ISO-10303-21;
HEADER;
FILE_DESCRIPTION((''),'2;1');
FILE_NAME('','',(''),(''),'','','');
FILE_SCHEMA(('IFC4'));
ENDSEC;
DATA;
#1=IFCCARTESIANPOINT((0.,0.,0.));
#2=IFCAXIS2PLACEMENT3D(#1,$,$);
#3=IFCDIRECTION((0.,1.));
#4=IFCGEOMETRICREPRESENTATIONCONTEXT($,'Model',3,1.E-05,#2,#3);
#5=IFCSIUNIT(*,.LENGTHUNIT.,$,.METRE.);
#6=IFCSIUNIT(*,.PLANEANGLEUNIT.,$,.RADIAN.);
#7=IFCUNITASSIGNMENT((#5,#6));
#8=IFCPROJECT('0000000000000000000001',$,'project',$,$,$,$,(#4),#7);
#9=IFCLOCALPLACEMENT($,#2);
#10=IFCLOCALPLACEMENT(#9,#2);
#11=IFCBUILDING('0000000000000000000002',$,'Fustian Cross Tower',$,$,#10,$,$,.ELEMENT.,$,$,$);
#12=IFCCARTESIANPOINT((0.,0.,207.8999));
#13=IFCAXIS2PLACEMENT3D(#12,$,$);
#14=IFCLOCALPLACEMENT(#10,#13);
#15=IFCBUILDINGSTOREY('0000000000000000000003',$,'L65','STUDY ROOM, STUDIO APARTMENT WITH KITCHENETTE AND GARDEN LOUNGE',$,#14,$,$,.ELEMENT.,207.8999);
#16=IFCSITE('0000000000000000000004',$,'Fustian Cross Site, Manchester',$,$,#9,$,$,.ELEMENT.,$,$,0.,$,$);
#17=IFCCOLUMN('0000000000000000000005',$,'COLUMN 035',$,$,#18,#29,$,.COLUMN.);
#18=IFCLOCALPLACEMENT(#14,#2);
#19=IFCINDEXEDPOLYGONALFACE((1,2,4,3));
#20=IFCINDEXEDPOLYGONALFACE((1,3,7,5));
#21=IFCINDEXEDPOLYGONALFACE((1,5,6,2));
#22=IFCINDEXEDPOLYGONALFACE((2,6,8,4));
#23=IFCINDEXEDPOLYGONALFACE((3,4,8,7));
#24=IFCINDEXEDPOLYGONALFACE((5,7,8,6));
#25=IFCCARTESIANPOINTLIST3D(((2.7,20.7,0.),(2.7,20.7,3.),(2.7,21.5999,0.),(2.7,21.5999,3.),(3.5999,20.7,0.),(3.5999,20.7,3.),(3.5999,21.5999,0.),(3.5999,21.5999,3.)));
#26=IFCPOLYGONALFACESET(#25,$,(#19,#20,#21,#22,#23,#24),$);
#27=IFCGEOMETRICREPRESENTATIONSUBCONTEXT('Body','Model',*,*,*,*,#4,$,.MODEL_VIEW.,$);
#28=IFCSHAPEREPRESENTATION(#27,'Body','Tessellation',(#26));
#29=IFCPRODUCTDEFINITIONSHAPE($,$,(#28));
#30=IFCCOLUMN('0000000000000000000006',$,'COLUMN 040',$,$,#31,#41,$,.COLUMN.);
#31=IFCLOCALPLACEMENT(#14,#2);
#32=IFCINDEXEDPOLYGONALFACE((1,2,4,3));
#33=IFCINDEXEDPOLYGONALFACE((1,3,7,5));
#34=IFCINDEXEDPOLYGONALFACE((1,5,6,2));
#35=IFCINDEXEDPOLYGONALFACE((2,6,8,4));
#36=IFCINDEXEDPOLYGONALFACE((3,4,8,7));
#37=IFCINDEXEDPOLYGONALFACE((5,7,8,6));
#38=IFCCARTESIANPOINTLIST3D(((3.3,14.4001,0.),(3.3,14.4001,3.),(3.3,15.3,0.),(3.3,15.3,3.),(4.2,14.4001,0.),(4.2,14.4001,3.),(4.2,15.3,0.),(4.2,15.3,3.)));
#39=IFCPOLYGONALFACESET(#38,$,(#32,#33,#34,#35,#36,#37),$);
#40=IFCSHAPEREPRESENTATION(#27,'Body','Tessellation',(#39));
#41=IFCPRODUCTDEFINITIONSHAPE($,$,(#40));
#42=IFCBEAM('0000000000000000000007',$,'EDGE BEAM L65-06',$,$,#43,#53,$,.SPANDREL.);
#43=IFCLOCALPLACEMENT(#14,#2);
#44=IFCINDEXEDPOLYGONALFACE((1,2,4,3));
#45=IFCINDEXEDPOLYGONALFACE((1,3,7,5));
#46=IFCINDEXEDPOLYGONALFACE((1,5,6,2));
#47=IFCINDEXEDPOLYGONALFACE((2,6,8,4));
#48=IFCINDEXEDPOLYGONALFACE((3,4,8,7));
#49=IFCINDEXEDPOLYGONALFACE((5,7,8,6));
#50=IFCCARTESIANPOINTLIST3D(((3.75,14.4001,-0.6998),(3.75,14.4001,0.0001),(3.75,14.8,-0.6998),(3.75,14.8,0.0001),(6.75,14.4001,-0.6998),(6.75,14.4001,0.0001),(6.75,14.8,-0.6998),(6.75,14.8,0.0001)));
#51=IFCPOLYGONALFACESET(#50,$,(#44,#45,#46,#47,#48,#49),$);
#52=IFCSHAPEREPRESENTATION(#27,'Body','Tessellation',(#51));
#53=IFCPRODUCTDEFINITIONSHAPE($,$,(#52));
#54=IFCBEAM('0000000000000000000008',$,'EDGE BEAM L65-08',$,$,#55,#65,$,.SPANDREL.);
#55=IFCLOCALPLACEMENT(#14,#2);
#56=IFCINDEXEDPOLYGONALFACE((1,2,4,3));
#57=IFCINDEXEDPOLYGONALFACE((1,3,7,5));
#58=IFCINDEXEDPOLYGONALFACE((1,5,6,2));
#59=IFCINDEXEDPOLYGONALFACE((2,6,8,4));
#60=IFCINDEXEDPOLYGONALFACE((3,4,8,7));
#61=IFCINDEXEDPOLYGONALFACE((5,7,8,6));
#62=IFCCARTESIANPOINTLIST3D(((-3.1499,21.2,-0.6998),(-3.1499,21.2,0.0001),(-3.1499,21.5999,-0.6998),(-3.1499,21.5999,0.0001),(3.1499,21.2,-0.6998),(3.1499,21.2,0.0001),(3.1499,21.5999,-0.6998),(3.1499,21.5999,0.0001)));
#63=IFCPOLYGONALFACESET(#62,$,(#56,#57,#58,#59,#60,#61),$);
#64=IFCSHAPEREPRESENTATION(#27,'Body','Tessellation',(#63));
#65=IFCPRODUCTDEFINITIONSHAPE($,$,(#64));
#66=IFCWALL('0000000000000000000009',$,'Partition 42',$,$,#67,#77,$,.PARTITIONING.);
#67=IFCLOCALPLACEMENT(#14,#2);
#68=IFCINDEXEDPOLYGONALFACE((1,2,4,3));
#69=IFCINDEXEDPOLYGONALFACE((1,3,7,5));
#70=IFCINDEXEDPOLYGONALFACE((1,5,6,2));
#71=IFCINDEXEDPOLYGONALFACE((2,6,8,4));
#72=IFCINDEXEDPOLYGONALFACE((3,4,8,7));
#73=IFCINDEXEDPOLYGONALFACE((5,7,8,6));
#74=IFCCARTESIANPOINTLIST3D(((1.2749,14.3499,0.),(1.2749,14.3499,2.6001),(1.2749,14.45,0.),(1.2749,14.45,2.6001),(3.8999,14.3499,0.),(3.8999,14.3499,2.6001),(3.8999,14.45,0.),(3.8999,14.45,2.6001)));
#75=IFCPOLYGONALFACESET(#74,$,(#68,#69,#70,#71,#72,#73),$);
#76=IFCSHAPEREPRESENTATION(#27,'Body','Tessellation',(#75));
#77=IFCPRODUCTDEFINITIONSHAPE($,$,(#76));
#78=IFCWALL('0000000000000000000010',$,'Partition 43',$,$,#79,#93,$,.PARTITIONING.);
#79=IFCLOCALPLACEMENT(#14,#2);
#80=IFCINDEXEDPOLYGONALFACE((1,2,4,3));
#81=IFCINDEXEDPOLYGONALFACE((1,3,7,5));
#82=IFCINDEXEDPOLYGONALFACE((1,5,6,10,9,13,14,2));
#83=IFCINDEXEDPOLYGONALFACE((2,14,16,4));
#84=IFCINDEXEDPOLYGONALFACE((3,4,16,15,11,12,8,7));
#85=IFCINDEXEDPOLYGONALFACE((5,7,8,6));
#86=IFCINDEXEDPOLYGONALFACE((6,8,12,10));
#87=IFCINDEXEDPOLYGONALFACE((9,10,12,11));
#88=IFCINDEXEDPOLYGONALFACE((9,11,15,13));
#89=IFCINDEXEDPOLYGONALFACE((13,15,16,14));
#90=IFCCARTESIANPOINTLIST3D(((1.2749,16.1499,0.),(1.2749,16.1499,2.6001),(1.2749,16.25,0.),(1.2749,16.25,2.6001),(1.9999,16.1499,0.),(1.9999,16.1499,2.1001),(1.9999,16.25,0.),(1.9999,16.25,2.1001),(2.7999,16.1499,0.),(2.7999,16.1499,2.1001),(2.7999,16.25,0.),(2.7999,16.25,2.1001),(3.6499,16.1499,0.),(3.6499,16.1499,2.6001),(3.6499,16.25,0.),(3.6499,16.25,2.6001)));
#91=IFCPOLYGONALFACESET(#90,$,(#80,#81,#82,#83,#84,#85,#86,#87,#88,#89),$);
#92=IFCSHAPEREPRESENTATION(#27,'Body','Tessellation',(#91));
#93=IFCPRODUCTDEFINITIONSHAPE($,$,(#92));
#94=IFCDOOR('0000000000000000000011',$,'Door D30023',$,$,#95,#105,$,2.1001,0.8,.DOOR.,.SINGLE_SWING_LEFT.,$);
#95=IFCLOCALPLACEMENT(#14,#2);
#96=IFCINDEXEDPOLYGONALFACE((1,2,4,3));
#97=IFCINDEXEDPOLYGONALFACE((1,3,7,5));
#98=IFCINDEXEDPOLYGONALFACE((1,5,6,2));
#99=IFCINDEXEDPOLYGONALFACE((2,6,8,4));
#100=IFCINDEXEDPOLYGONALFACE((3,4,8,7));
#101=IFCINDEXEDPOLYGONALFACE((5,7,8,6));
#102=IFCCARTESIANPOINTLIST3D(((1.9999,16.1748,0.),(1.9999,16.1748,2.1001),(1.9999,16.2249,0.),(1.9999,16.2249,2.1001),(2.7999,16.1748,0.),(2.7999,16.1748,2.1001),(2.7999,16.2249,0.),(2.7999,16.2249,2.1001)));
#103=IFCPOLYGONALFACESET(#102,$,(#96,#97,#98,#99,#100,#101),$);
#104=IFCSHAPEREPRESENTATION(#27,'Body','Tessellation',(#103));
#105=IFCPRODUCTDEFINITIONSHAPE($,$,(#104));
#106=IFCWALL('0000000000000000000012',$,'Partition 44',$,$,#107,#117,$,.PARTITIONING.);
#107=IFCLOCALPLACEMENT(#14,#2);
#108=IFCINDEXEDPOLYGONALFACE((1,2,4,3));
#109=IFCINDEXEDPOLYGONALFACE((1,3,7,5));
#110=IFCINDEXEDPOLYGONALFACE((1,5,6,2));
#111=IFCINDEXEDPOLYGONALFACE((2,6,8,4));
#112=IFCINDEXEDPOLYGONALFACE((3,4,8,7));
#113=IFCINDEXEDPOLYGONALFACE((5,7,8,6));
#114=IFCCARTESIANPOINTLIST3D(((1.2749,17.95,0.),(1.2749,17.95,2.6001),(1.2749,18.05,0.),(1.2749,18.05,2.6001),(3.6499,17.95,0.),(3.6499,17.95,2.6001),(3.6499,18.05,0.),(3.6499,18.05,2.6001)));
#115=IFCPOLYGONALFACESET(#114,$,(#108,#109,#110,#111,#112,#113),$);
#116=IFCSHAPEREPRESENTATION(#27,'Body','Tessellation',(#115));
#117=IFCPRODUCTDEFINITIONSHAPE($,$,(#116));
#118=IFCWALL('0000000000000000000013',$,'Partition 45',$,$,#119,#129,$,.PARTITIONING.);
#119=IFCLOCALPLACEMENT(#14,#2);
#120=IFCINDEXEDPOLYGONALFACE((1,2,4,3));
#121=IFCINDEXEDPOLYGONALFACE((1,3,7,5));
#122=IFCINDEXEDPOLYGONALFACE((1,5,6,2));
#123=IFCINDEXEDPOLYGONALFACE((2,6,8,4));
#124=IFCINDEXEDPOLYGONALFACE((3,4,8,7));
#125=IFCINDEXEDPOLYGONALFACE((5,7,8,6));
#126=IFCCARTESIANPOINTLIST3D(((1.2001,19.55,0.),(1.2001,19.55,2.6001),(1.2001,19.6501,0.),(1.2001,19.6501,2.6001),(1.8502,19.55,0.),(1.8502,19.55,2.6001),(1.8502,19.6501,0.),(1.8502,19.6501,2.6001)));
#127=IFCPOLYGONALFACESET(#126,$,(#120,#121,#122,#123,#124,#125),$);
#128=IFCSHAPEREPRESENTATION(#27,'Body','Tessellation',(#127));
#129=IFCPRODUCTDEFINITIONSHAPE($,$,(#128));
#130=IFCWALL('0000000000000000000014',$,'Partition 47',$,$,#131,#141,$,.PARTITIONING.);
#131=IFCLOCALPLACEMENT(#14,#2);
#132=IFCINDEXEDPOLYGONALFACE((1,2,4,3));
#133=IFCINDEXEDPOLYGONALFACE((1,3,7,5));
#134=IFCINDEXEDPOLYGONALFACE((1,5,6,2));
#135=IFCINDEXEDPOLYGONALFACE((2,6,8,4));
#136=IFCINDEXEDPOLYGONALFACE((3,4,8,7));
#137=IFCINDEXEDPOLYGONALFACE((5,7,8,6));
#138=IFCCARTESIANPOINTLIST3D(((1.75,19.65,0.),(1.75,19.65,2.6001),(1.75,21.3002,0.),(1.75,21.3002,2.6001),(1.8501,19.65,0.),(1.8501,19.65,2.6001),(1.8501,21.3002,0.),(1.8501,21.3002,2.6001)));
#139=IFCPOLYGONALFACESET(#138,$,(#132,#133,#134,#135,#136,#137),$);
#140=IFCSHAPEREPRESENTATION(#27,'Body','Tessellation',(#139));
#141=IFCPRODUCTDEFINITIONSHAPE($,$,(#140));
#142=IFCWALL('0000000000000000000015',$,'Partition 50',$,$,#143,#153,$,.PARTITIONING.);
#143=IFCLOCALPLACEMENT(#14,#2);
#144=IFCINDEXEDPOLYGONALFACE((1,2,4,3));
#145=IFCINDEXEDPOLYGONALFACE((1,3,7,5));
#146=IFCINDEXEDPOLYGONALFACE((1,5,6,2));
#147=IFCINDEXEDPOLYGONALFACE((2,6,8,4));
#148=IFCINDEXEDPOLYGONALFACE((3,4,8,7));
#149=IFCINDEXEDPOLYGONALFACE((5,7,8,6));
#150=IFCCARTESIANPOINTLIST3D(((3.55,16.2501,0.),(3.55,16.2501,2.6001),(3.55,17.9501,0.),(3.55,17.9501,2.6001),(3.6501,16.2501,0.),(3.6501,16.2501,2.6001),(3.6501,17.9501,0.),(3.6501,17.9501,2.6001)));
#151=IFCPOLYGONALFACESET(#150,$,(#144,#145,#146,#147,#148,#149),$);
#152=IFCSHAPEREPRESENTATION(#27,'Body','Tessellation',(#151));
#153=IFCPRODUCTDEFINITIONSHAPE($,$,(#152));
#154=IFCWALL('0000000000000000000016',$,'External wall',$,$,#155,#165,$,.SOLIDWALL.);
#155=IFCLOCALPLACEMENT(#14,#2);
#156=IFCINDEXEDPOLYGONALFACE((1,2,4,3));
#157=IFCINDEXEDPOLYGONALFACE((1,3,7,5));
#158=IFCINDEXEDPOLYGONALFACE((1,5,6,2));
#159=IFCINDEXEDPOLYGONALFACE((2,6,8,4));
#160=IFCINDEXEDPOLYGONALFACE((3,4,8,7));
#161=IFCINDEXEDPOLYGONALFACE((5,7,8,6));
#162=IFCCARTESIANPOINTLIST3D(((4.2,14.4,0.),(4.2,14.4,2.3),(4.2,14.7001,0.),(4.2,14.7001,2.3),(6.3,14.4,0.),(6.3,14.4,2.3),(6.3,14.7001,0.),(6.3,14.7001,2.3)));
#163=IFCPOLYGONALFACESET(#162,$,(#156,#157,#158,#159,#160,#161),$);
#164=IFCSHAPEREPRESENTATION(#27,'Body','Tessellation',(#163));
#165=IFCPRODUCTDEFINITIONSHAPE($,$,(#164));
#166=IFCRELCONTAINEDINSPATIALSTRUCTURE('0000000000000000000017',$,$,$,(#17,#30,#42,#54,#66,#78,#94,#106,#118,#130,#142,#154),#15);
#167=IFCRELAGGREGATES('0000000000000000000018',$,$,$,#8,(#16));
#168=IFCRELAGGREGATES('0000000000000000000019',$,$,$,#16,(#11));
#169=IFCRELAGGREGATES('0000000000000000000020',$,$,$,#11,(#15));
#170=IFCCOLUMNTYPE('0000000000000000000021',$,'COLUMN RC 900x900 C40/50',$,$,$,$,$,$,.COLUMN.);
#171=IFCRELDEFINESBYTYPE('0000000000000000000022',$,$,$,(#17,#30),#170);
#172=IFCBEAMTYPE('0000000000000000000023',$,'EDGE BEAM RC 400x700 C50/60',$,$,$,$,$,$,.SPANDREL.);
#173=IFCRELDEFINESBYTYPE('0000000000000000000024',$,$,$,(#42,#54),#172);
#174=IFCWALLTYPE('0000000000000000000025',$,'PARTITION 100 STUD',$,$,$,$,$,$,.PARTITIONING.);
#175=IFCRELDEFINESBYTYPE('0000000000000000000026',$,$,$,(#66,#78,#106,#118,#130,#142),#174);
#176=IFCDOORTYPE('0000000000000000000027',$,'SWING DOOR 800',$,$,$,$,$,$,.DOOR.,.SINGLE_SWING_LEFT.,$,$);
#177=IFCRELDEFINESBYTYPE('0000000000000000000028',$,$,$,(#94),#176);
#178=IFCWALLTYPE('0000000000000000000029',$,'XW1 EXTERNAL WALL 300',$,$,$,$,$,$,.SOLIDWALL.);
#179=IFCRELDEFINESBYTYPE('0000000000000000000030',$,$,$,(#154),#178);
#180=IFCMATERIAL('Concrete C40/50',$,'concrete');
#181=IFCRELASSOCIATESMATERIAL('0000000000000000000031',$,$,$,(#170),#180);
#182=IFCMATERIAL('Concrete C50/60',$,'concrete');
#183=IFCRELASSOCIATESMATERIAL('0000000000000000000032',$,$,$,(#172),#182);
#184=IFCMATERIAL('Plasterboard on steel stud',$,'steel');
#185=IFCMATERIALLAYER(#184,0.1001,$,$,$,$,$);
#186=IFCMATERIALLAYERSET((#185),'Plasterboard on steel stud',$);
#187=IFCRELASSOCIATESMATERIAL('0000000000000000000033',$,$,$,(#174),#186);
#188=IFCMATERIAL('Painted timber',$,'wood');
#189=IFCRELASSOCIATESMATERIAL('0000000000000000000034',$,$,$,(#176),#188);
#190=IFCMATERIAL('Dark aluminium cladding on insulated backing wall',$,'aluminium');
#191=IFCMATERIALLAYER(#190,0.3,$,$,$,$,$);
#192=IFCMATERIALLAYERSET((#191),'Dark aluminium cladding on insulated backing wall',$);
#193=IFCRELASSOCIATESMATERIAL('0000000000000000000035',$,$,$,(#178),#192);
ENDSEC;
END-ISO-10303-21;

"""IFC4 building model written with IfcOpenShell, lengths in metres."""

from ifc_helpers import new_model, si_unit, direction, frame, frame_2d, origin, origin_2d, place, context, subcontext, project, spatial, rectangle, extrude, material, layer, layer_set, material_profile, profile_set, type_object, element, fill, save


model = new_model("IFC4")

# Units and contexts
model_context = context("Model", 3, precision=1e-05, world=origin(), true_north=direction((0.0, 1.0)))
body_context = subcontext(model_context, "Body", "Model", "MODEL_VIEW")
ifc_project = project(units=[si_unit("LENGTHUNIT", "METRE"), si_unit("PLANEANGLEUNIT", "RADIAN")], contexts=[model_context])

# Site, building, storey
site_placement = place(None, origin())
site = spatial("IfcSite", under=ifc_project, at=site_placement, Name="Fustian Cross Site, Manchester", CompositionType="ELEMENT", RefElevation=0.0)
building_placement = place(site_placement, origin())
building = spatial("IfcBuilding", under=site, at=building_placement, Name="Fustian Cross Tower", CompositionType="ELEMENT")
storey_placement = place(building_placement, frame((0.0, 0.0, 207.8999)))
storey = spatial("IfcBuildingStorey", under=building, at=storey_placement, Name="L65", Description="STUDY ROOM, STUDIO APARTMENT WITH KITCHENETTE AND GARDEN LOUNGE", CompositionType="ELEMENT", Elevation=207.8999)

# Columns
ifc_material_1 = material(Name="Concrete C40/50", Category="concrete")
ifc_material_profile_1 = material_profile(ifc_material_1, rectangle(XDim=0.8999, YDim=0.8999, at=origin_2d()), Name="RC 900x900")
ifc_profile_set_1 = profile_set([ifc_material_profile_1], Name="Concrete C40/50")
column_type = type_object("IfcColumnType", Name="COLUMN RC 900x900 C40/50", PredefinedType="COLUMN", material=ifc_profile_set_1)
for number, where, z_axis, x_axis, name in (
    (1, (3.1499, 21.1499, 0.0), (0.0, 0.0, 1.0), (1.0, 0.0, 0.0), "COLUMN 035"),
    (2, (3.75, 14.8501, 0.0), (0.0, 0.0, 1.0), (1.0, 0.0, 0.0), "COLUMN 040"),
):
    element("IfcColumn", number, at=place(storey_placement, frame(where, z_axis=z_axis, x_axis=x_axis)), inside=storey, type_object=column_type, Name=name, PredefinedType="COLUMN", context=body_context, shape_type="SweptSolid", body=[
        extrude(rectangle(XDim=0.8999, YDim=0.8999, at=origin_2d()), origin(), (0.0, 0.0, 1.0), 3.0),
    ])

# Beams
ifc_material_2 = material(Name="Concrete C50/60", Category="concrete")
ifc_material_profile_2 = material_profile(ifc_material_2, rectangle(XDim=0.3999, YDim=0.7, at=origin_2d()), Name="RC 400x700")
ifc_profile_set_2 = profile_set([ifc_material_profile_2], Name="Concrete C50/60")
beam_type = type_object("IfcBeamType", Name="EDGE BEAM RC 400x700 C50/60", PredefinedType="SPANDREL", material=ifc_profile_set_2)
beam_1_placement = place(storey_placement, frame((3.75, 14.6001, -0.3499), z_axis=(1.0, 0.0, 0.0), x_axis=(0.0, 1.0, 0.0)))
element("IfcBeam", 3, at=beam_1_placement, inside=storey, type_object=beam_type, Name="EDGE BEAM L65-06", PredefinedType="SPANDREL", context=body_context, shape_type="SweptSolid", body=[
    extrude(rectangle(XDim=0.3999, YDim=0.7, at=origin_2d()), origin(), (0.0, 0.0, 1.0), 3.0),
])
beam_2_placement = place(storey_placement, frame((3.1499, 21.3999, -0.3499), z_axis=(-1.0, 0.0, 0.0), x_axis=(0.0, -1.0, 0.0)))
element("IfcBeam", 4, at=beam_2_placement, inside=storey, type_object=beam_type, Name="EDGE BEAM L65-08", PredefinedType="SPANDREL", context=body_context, shape_type="SweptSolid", body=[
    extrude(rectangle(XDim=0.3999, YDim=0.7, at=origin_2d()), origin(), (0.0, 0.0, 1.0), 6.2998),
])

# Wall
ifc_material_3 = material(Name="Plasterboard on steel stud", Category="steel")
ifc_layer_1 = layer(ifc_material_3, 0.1001)
ifc_layer_set_1 = layer_set([ifc_layer_1], Name="Plasterboard on steel stud")
wall_type_1 = type_object("IfcWallType", Name="PARTITION 100 STUD", PredefinedType="PARTITIONING", material=ifc_layer_set_1)
wall_1_placement = place(storey_placement, frame((1.2749, 14.3999, 0.0), z_axis=(0.0, 0.0, 1.0), x_axis=(1.0, 0.0, 0.0)))
element("IfcWall", 5, at=wall_1_placement, inside=storey, type_object=wall_type_1, Name="Partition 42", PredefinedType="PARTITIONING", context=body_context, shape_type="SweptSolid", body=[
    extrude(rectangle(XDim=2.625, YDim=0.1001, at=frame_2d((1.3125, 0.0))), origin(), (0.0, 0.0, 1.0), 2.6001),
])

# Wall, opening, door
wall_2_placement = place(storey_placement, frame((1.2749, 16.2, 0.0), z_axis=(0.0, 0.0, 1.0), x_axis=(1.0, 0.0, 0.0)))
wall_2 = element("IfcWall", 6, at=wall_2_placement, inside=storey, type_object=wall_type_1, Name="Partition 43", PredefinedType="PARTITIONING", context=body_context, shape_type="SweptSolid", body=[
    extrude(rectangle(XDim=2.375, YDim=0.1001, at=frame_2d((1.1875, 0.0))), origin(), (0.0, 0.0, 1.0), 2.6001),
])
opening_1_placement = place(wall_2_placement, frame((0.7251, 0.0, 0.0)))
opening_1 = element("IfcOpeningElement", 7, at=opening_1_placement, cuts=wall_2, PredefinedType="OPENING", context=body_context, shape_type="SweptSolid", body=[
    extrude(rectangle(XDim=0.8, YDim=2.1001, at=frame_2d((0.3999, 1.05))), frame((0.0, 0.0601, 0.0), z_axis=(0.0, -1.0, 0.0), x_axis=(1.0, 0.0, 0.0)), (0.0, 0.0, 1.0), 0.1201),
])
ifc_material_4 = material(Name="Painted timber", Category="wood")
door_type = type_object("IfcDoorType", Name="SWING DOOR 800", OperationType="SINGLE_SWING_LEFT", PredefinedType="DOOR", material=ifc_material_4)
door_placement = place(opening_1_placement, origin())
door = element("IfcDoor", 8, at=door_placement, inside=storey, type_object=door_type, Name="Door D30023", OperationType="SINGLE_SWING_LEFT", OverallHeight=2.1001, OverallWidth=0.8, PredefinedType="DOOR", context=body_context, shape_type="SweptSolid", body=[
    extrude(rectangle(XDim=0.8, YDim=2.1001, at=frame_2d((0.3999, 1.05))), frame((0.0, 0.0249, 0.0), z_axis=(0.0, -1.0, 0.0), x_axis=(1.0, 0.0, 0.0)), (0.0, 0.0, 1.0), 0.05),
])
fill(opening_1, door)

# Walls
wall_3_placement = place(storey_placement, frame((1.2749, 18.0, 0.0), z_axis=(0.0, 0.0, 1.0), x_axis=(1.0, 0.0, 0.0)))
element("IfcWall", 9, at=wall_3_placement, inside=storey, type_object=wall_type_1, Name="Partition 44", PredefinedType="PARTITIONING", context=body_context, shape_type="SweptSolid", body=[
    extrude(rectangle(XDim=2.375, YDim=0.1001, at=frame_2d((1.1875, 0.0))), origin(), (0.0, 0.0, 1.0), 2.6001),
])
wall_4_placement = place(storey_placement, frame((1.2, 19.6001, 0.0), z_axis=(0.0, 0.0, 1.0), x_axis=(1.0, 0.0, 0.0)))
element("IfcWall", 10, at=wall_4_placement, inside=storey, type_object=wall_type_1, Name="Partition 45", PredefinedType="PARTITIONING", context=body_context, shape_type="SweptSolid", body=[
    extrude(rectangle(XDim=0.6501, YDim=0.1001, at=frame_2d((0.3252, 0.0))), origin(), (0.0, 0.0, 1.0), 2.6001),
])
wall_5_placement = place(storey_placement, frame((1.8, 19.6499, 0.0), z_axis=(0.0, 0.0, 1.0), x_axis=(0.0, 1.0, 0.0)))
element("IfcWall", 11, at=wall_5_placement, inside=storey, type_object=wall_type_1, Name="Partition 47", PredefinedType="PARTITIONING", context=body_context, shape_type="SweptSolid", body=[
    extrude(rectangle(XDim=1.6501, YDim=0.1001, at=frame_2d((0.8252, 0.0))), origin(), (0.0, 0.0, 1.0), 2.6001),
])
wall_6_placement = place(storey_placement, frame((3.6001, 16.25, 0.0), z_axis=(0.0, 0.0, 1.0), x_axis=(0.0, 1.0, 0.0)))
element("IfcWall", 12, at=wall_6_placement, inside=storey, type_object=wall_type_1, Name="Partition 50", PredefinedType="PARTITIONING", context=body_context, shape_type="SweptSolid", body=[
    extrude(rectangle(XDim=1.7, YDim=0.1001, at=frame_2d((0.8501, 0.0))), origin(), (0.0, 0.0, 1.0), 2.6001),
])
ifc_material_5 = material(Name="Dark aluminium cladding on insulated backing wall", Category="aluminium")
ifc_layer_2 = layer(ifc_material_5, 0.3)
ifc_layer_set_2 = layer_set([ifc_layer_2], Name="Dark aluminium cladding on insulated backing wall")
wall_type_2 = type_object("IfcWallType", Name="XW1 EXTERNAL WALL 300", PredefinedType="SOLIDWALL", material=ifc_layer_set_2)
wall_7_placement = place(storey_placement, frame((4.2, 14.55, 0.0), z_axis=(0.0, 0.0, 1.0), x_axis=(1.0, 0.0, 0.0)))
element("IfcWall", 13, at=wall_7_placement, inside=storey, type_object=wall_type_2, Name="External wall", PredefinedType="SOLIDWALL", context=body_context, shape_type="SweptSolid", body=[
    extrude(rectangle(XDim=2.1001, YDim=0.3, at=frame_2d((1.05, 0.0))), origin(), (0.0, 0.0, 1.0), 2.3),
])

save(model, "model.ifc")
